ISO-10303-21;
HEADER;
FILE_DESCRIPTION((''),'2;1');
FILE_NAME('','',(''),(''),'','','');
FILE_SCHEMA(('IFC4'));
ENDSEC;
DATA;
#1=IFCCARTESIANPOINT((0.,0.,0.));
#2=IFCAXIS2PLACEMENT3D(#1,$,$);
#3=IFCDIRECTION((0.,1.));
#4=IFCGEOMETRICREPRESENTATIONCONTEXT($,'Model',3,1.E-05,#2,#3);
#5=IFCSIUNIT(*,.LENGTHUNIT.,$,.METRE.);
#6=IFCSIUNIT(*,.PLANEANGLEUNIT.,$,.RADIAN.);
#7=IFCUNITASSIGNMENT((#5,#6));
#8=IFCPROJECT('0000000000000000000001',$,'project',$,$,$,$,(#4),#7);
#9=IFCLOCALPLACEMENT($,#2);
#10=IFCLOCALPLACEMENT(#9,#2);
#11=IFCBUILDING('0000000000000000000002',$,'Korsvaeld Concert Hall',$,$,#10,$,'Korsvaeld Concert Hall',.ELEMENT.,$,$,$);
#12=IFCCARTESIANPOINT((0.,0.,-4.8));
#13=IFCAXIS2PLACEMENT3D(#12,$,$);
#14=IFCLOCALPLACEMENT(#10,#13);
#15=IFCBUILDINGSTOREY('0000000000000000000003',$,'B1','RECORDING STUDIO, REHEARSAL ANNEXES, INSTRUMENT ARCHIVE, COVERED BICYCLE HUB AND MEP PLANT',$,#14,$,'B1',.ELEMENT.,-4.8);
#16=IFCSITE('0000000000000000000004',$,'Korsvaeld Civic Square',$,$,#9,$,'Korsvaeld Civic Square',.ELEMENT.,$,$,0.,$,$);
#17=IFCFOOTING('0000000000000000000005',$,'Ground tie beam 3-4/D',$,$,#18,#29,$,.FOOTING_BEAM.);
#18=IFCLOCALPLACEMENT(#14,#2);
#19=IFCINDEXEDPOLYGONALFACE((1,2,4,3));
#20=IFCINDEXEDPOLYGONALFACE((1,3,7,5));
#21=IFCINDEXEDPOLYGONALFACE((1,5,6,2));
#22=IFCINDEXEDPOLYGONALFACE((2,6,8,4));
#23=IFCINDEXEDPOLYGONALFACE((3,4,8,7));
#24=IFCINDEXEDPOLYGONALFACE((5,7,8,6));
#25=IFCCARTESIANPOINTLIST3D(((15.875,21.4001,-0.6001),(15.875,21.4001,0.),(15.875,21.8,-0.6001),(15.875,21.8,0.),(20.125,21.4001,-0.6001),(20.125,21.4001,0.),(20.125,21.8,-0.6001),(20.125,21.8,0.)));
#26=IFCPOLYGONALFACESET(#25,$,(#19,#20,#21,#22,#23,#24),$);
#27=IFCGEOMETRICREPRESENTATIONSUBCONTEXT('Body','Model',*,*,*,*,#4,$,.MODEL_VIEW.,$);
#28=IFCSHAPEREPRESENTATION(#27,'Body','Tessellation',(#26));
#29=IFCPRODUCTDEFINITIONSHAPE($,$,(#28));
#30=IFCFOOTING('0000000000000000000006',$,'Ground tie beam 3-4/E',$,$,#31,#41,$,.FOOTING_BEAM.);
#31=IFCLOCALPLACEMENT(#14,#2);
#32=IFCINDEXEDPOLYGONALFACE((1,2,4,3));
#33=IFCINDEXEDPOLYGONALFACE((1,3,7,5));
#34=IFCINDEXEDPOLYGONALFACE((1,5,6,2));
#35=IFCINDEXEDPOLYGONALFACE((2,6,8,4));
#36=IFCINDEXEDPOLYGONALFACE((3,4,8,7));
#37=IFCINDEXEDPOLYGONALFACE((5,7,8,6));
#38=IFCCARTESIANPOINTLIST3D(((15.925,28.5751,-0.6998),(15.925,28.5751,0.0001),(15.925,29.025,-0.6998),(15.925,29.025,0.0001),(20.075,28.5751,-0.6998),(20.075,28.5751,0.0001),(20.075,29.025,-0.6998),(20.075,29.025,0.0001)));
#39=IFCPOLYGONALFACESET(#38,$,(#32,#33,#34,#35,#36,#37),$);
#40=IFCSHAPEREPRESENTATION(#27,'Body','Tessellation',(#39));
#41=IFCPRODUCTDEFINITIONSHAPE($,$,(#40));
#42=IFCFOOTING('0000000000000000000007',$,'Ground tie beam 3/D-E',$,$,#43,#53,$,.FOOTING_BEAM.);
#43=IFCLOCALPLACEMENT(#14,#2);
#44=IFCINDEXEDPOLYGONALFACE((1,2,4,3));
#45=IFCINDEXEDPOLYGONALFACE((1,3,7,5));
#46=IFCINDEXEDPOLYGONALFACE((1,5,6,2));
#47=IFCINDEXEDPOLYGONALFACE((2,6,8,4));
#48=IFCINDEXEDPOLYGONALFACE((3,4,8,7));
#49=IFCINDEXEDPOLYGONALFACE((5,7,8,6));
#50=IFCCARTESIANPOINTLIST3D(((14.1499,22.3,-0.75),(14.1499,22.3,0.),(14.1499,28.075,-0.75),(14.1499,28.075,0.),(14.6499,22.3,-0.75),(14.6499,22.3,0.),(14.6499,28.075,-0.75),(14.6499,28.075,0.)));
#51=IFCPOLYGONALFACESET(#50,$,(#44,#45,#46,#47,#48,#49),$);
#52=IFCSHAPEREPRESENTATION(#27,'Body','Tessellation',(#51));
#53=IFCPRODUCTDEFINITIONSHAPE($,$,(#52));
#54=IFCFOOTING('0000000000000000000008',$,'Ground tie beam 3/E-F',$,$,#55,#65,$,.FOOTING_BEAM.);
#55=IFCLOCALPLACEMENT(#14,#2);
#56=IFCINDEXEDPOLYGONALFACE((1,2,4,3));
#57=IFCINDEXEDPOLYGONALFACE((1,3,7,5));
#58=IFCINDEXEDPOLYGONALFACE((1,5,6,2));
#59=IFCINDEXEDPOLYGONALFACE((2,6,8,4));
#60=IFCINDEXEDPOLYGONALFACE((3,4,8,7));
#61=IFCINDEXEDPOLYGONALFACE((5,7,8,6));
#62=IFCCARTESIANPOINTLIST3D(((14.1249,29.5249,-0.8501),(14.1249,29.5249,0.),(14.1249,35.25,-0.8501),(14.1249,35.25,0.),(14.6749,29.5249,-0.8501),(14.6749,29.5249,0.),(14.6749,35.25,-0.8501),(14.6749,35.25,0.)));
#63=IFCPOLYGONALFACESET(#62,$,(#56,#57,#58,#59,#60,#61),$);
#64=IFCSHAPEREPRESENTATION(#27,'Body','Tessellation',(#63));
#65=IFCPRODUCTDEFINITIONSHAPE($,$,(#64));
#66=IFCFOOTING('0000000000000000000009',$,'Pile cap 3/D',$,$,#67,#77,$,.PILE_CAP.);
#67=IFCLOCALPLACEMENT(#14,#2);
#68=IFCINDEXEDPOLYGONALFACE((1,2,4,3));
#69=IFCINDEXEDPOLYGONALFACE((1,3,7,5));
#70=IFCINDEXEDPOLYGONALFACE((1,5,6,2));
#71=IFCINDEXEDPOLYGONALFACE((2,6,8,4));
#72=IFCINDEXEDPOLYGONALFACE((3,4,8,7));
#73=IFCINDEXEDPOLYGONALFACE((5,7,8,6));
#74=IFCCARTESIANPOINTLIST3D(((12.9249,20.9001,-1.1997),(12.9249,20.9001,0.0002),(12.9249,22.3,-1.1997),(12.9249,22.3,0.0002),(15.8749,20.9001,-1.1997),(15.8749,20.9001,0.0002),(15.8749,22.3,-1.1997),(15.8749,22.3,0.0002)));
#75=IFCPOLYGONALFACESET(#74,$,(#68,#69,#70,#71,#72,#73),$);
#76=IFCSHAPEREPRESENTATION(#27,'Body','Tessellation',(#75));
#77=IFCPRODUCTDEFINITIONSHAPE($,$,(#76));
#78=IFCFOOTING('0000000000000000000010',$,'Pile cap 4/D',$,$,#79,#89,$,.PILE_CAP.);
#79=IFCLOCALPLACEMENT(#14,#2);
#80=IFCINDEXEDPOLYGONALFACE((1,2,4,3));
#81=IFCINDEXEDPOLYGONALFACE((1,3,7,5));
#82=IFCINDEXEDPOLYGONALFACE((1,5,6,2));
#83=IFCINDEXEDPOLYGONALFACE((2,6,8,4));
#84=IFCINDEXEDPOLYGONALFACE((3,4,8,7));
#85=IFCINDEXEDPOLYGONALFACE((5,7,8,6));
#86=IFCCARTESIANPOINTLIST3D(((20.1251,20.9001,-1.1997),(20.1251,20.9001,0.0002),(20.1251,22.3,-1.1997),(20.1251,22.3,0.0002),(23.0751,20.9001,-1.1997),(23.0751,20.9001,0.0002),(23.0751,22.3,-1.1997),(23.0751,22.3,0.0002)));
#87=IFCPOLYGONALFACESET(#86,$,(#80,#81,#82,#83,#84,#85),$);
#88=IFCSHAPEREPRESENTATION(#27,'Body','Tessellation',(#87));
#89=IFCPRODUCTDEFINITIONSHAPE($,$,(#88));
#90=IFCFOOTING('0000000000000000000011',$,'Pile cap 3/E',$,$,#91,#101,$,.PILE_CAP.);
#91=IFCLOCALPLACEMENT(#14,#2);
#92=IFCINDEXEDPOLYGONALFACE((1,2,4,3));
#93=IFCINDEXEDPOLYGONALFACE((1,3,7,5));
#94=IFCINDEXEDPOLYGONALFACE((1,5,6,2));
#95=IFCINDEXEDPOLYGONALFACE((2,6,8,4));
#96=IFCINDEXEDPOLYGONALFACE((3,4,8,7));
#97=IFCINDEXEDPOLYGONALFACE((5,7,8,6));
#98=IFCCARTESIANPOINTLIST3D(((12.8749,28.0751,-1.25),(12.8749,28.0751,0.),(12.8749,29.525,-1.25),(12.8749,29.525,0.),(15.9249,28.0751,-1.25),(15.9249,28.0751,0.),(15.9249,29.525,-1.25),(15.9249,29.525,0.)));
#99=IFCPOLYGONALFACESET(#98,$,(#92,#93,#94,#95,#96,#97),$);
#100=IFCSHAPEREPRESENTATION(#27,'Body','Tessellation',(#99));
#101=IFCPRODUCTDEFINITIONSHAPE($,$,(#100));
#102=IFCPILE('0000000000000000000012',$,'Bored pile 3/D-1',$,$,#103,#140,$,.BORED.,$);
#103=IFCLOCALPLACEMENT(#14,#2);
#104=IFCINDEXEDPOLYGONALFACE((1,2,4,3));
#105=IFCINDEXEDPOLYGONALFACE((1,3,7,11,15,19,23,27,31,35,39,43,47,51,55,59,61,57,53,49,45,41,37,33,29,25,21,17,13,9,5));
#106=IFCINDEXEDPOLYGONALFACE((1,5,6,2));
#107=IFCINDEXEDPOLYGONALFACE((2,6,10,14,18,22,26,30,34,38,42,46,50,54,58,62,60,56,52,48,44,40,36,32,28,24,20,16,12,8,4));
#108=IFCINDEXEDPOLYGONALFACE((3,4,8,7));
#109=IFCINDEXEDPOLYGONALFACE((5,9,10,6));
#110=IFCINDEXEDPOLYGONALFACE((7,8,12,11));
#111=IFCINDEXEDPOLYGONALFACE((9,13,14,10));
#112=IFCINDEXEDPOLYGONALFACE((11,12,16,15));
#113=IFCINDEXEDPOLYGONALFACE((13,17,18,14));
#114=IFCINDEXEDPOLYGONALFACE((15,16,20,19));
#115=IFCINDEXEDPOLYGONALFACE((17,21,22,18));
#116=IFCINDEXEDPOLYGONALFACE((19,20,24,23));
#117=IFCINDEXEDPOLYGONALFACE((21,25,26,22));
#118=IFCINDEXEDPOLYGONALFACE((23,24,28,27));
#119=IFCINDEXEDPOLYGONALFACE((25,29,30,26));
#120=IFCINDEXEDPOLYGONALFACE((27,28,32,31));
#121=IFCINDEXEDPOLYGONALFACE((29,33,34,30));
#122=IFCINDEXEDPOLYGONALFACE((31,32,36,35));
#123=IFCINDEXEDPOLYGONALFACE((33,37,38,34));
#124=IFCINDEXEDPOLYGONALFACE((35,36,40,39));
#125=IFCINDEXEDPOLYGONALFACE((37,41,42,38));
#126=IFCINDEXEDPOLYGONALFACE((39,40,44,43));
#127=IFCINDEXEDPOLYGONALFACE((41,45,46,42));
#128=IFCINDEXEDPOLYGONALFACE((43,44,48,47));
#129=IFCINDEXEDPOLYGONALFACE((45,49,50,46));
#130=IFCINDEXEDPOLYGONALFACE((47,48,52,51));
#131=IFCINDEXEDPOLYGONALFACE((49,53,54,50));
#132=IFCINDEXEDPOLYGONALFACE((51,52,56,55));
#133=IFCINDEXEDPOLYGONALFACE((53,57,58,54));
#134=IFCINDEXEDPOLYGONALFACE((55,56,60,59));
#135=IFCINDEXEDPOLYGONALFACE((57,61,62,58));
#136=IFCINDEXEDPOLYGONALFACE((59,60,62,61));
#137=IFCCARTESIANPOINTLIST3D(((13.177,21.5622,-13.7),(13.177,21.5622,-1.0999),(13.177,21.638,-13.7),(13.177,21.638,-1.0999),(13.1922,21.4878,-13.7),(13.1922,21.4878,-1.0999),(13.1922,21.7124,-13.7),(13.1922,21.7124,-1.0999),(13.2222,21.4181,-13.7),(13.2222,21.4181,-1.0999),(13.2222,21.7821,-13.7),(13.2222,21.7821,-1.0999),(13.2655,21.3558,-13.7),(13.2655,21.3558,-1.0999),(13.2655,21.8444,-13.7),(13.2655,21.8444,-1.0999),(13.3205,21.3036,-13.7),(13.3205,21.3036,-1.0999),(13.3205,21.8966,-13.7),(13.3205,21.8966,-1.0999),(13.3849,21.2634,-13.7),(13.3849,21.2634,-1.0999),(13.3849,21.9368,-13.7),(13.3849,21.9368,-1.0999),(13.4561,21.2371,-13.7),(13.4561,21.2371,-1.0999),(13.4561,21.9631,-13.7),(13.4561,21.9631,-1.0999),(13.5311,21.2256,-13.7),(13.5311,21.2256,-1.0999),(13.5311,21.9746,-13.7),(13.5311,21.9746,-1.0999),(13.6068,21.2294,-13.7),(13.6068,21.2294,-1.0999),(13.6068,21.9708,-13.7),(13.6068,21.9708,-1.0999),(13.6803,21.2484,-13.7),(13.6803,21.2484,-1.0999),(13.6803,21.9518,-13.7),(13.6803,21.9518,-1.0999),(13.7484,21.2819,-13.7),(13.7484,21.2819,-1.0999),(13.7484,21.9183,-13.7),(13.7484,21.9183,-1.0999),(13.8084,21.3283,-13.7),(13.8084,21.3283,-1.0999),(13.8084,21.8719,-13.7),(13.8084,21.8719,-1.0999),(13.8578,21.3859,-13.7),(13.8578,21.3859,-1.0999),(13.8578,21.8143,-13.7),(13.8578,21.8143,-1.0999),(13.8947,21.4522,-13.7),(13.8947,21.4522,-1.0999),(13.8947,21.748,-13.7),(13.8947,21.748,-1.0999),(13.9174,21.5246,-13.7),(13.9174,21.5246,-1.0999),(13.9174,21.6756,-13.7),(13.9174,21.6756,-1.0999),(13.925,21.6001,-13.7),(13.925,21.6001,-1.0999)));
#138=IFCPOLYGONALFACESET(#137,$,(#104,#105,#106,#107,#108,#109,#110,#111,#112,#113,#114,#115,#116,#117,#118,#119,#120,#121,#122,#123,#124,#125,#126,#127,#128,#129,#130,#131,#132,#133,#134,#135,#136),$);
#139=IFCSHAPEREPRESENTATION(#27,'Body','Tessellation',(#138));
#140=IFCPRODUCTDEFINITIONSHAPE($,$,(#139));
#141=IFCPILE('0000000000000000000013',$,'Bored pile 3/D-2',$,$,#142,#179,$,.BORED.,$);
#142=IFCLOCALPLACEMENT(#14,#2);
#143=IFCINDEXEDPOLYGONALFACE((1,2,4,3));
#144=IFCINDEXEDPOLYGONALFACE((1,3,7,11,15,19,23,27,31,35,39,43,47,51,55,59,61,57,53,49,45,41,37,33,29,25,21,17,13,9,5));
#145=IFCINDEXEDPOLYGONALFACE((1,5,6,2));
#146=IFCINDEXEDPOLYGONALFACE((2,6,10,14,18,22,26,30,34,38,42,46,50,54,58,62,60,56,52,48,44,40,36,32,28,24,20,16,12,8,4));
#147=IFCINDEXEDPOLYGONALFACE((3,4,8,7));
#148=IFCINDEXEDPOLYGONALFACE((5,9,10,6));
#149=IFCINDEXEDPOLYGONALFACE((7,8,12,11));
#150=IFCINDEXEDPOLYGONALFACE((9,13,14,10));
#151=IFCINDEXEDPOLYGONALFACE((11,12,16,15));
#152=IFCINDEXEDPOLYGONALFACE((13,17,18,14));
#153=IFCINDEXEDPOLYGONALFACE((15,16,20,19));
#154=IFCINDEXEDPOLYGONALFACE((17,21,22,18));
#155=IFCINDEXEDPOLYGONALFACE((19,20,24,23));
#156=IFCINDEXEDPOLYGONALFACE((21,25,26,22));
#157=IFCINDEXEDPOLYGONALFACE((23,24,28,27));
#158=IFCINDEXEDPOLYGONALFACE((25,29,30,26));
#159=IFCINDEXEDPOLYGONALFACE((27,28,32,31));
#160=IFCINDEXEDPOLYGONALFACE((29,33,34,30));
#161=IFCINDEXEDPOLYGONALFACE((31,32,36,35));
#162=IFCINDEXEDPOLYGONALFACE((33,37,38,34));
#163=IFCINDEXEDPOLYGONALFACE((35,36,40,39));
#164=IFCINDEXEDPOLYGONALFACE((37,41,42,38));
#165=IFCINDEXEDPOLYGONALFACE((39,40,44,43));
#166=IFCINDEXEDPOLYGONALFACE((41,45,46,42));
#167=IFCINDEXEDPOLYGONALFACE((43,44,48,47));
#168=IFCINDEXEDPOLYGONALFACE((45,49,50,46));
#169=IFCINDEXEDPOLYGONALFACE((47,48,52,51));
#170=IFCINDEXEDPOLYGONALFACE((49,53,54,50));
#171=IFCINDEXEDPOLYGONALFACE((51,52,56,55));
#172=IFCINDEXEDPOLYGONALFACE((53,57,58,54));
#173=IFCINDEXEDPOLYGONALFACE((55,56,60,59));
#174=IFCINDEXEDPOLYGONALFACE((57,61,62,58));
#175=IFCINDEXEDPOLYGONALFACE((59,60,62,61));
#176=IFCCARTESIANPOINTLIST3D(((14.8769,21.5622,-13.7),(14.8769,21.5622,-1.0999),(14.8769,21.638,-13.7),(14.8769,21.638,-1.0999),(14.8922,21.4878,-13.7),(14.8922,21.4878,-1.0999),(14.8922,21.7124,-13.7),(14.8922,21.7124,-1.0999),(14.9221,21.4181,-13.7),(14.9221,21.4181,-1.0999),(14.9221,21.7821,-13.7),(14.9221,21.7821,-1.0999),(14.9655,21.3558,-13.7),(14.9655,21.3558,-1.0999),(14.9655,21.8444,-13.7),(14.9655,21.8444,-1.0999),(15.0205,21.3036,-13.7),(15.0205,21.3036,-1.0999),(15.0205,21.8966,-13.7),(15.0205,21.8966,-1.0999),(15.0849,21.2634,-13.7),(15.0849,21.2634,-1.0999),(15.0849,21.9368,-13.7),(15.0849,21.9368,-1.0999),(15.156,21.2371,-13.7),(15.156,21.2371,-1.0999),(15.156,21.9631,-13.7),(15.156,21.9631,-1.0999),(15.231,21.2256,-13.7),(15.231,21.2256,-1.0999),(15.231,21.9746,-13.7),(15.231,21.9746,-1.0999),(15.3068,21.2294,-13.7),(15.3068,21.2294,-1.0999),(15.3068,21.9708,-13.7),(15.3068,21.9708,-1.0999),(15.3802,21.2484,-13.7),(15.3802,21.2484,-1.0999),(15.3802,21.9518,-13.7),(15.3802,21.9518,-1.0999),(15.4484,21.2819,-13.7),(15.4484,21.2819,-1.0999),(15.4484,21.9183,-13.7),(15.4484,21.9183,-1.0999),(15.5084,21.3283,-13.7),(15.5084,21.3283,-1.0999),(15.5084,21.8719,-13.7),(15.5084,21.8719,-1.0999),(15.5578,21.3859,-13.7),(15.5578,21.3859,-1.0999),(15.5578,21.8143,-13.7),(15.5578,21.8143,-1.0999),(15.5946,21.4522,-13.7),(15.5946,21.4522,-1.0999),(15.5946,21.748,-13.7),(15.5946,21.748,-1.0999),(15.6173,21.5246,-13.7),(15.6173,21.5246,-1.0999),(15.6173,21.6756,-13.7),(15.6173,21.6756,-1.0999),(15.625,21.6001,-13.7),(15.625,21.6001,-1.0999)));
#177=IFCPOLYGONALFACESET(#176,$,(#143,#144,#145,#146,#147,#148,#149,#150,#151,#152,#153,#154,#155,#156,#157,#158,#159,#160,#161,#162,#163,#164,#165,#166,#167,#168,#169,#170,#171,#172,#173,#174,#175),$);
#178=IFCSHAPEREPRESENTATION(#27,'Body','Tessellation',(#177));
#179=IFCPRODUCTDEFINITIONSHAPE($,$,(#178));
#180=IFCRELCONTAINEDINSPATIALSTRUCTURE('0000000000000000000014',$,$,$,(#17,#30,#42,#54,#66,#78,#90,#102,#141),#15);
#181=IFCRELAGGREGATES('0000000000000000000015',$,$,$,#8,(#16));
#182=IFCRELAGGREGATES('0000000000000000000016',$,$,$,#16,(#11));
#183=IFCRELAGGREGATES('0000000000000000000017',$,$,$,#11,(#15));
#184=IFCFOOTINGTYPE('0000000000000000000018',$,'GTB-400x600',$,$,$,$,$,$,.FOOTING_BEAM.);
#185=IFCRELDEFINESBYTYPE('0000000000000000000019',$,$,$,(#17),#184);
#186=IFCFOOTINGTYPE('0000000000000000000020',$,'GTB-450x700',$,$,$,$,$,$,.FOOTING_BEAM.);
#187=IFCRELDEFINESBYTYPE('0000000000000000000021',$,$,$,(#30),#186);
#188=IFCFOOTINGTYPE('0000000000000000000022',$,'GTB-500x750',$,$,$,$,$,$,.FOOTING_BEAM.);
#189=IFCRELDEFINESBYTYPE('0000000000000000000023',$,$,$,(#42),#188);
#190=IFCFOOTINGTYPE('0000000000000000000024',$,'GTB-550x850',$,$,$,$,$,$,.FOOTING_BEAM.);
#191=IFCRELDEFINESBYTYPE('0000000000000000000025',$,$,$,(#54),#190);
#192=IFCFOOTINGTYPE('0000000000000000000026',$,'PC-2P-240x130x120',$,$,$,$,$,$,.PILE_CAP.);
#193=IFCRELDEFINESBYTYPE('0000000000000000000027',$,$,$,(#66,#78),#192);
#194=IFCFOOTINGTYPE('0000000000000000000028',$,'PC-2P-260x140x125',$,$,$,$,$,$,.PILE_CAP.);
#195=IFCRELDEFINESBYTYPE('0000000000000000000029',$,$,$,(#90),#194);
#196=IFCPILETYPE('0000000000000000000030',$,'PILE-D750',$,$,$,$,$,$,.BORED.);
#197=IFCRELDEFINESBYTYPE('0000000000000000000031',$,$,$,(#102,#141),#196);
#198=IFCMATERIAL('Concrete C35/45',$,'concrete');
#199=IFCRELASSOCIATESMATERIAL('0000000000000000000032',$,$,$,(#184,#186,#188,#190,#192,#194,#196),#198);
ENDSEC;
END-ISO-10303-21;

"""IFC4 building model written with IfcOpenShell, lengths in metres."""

from ifc_helpers import new_model, si_unit, direction, frame, origin, origin_2d, place, context, subcontext, project, spatial, rectangle, circle, extrude, material, material_profile, profile_set, type_object, element, save


model = new_model("IFC4")

# Units and contexts
model_context = context("Model", 3, precision=1e-05, world=origin(), true_north=direction((0.0, 1.0)))
body_context = subcontext(model_context, "Body", "Model", "MODEL_VIEW")
ifc_project = project(units=[si_unit("LENGTHUNIT", "METRE"), si_unit("PLANEANGLEUNIT", "RADIAN")], contexts=[model_context])

# Site, building, storey
site_placement = place(None, origin())
site = spatial("IfcSite", under=ifc_project, at=site_placement, Name="Korsvaeld Civic Square", LongName="Korsvaeld Civic Square", CompositionType="ELEMENT", RefElevation=0.0)
building_placement = place(site_placement, origin())
building = spatial("IfcBuilding", under=site, at=building_placement, Name="Korsvaeld Concert Hall", LongName="Korsvaeld Concert Hall", CompositionType="ELEMENT")
storey_placement = place(building_placement, frame((0.0, 0.0, -4.8)))
storey = spatial("IfcBuildingStorey", under=building, at=storey_placement, Name="B1", Description="RECORDING STUDIO, REHEARSAL ANNEXES, INSTRUMENT ARCHIVE, COVERED BICYCLE HUB AND MEP PLANT", LongName="B1", CompositionType="ELEMENT", Elevation=-4.8)

# Footings
ifc_material_1 = material(Name="Concrete C35/45", Category="concrete")
ifc_material_profile_1 = material_profile(ifc_material_1, rectangle(XDim=0.3999, YDim=0.6001, at=origin_2d()), Name="GTB 400x600")
ifc_profile_set_1 = profile_set([ifc_material_profile_1], Name="Concrete C35/45")
footing_type_1 = type_object("IfcFootingType", Name="GTB-400x600", PredefinedType="FOOTING_BEAM", material=ifc_profile_set_1)
footing_1_placement = place(storey_placement, frame((15.875, 21.6001, -0.3), z_axis=(1.0, 0.0, 0.0), x_axis=(0.0, 1.0, 0.0)))
element("IfcFooting", 1, at=footing_1_placement, inside=storey, type_object=footing_type_1, Name="Ground tie beam 3-4/D", PredefinedType="FOOTING_BEAM", context=body_context, shape_type="SweptSolid", body=[
    extrude(rectangle(XDim=0.3999, YDim=0.6001, at=origin_2d()), origin(), (0.0, 0.0, 1.0), 4.25),
])
ifc_material_profile_2 = material_profile(ifc_material_1, rectangle(XDim=0.45, YDim=0.7, at=origin_2d()), Name="GTB 450x700")
ifc_profile_set_2 = profile_set([ifc_material_profile_2], Name="Concrete C35/45")
footing_type_2 = type_object("IfcFootingType", Name="GTB-450x700", PredefinedType="FOOTING_BEAM", material=ifc_profile_set_2)
footing_2_placement = place(storey_placement, frame((15.925, 28.8, -0.3499), z_axis=(1.0, 0.0, 0.0), x_axis=(0.0, 1.0, 0.0)))
element("IfcFooting", 2, at=footing_2_placement, inside=storey, type_object=footing_type_2, Name="Ground tie beam 3-4/E", PredefinedType="FOOTING_BEAM", context=body_context, shape_type="SweptSolid", body=[
    extrude(rectangle(XDim=0.45, YDim=0.7, at=origin_2d()), origin(), (0.0, 0.0, 1.0), 4.1499),
])
ifc_material_profile_3 = material_profile(ifc_material_1, rectangle(XDim=0.5, YDim=0.75, at=origin_2d()), Name="GTB 500x750")
ifc_profile_set_3 = profile_set([ifc_material_profile_3], Name="Concrete C35/45")
footing_type_3 = type_object("IfcFootingType", Name="GTB-500x750", PredefinedType="FOOTING_BEAM", material=ifc_profile_set_3)
footing_3_placement = place(storey_placement, frame((14.3999, 22.3, -0.375), z_axis=(0.0, 1.0, 0.0), x_axis=(-1.0, 0.0, 0.0)))
element("IfcFooting", 3, at=footing_3_placement, inside=storey, type_object=footing_type_3, Name="Ground tie beam 3/D-E", PredefinedType="FOOTING_BEAM", context=body_context, shape_type="SweptSolid", body=[
    extrude(rectangle(XDim=0.5, YDim=0.75, at=origin_2d()), origin(), (0.0, 0.0, 1.0), 5.7749),
])
ifc_material_profile_4 = material_profile(ifc_material_1, rectangle(XDim=0.55, YDim=0.8501, at=origin_2d()), Name="GTB 550x850")
ifc_profile_set_4 = profile_set([ifc_material_profile_4], Name="Concrete C35/45")
footing_type_4 = type_object("IfcFootingType", Name="GTB-550x850", PredefinedType="FOOTING_BEAM", material=ifc_profile_set_4)
footing_4_placement = place(storey_placement, frame((14.3999, 29.5249, -0.425), z_axis=(0.0, 1.0, 0.0), x_axis=(-1.0, 0.0, 0.0)))
element("IfcFooting", 4, at=footing_4_placement, inside=storey, type_object=footing_type_4, Name="Ground tie beam 3/E-F", PredefinedType="FOOTING_BEAM", context=body_context, shape_type="SweptSolid", body=[
    extrude(rectangle(XDim=0.55, YDim=0.8501, at=origin_2d()), origin(), (0.0, 0.0, 1.0), 5.7251),
])
footing_type_5 = type_object("IfcFootingType", Name="PC-2P-240x130x120", PredefinedType="PILE_CAP", material=ifc_material_1)
for number, where, z_axis, x_axis, name in (
    (5, (14.3999, 21.6001, -1.1997), (0.0, 0.0, 1.0), (1.0, 0.0, 0.0), "Pile cap 3/D"),
    (6, (21.6001, 21.6001, -1.1997), (0.0, 0.0, 1.0), (1.0, 0.0, 0.0), "Pile cap 4/D"),
):
    element("IfcFooting", number, at=place(storey_placement, frame(where, z_axis=z_axis, x_axis=x_axis)), inside=storey, type_object=footing_type_5, Name=name, PredefinedType="PILE_CAP", context=body_context, shape_type="SweptSolid", body=[
        extrude(rectangle(XDim=2.95, YDim=1.3999, at=origin_2d()), origin(), (0.0, 0.0, 1.0), 1.2),
    ])
footing_type_6 = type_object("IfcFootingType", Name="PC-2P-260x140x125", PredefinedType="PILE_CAP", material=ifc_material_1)
footing_5_placement = place(storey_placement, frame((14.3999, 28.8, -1.25), z_axis=(0.0, 0.0, 1.0), x_axis=(1.0, 0.0, 0.0)))
element("IfcFooting", 7, at=footing_5_placement, inside=storey, type_object=footing_type_6, Name="Pile cap 3/E", PredefinedType="PILE_CAP", context=body_context, shape_type="SweptSolid", body=[
    extrude(rectangle(XDim=3.05, YDim=1.45, at=origin_2d()), origin(), (0.0, 0.0, 1.0), 1.25),
])

# Piles
ifc_material_profile_5 = material_profile(ifc_material_1, circle(Radius=0.375, at=origin_2d()), Name="BORED PILE D750")
ifc_profile_set_5 = profile_set([ifc_material_profile_5], Name="Concrete C35/45")
pile_type = type_object("IfcPileType", Name="PILE-D750", PredefinedType="BORED", material=ifc_profile_set_5)
for number, where, z_axis, x_axis, name in (
    (8, (13.55, 21.6001, -1.0999), (0.0, 0.0, -1.0), (1.0, 0.0, 0.0), "Bored pile 3/D-1"),
    (9, (15.25, 21.6001, -1.0999), (0.0, 0.0, -1.0), (1.0, 0.0, 0.0), "Bored pile 3/D-2"),
):
    element("IfcPile", number, at=place(storey_placement, frame(where, z_axis=z_axis, x_axis=x_axis)), inside=storey, type_object=pile_type, Name=name, PredefinedType="BORED", context=body_context, shape_type="SweptSolid", body=[
        extrude(circle(Radius=0.375, at=origin_2d()), origin(), (0.0, 0.0, 1.0), 12.6001),
    ])

save(model, "model.ifc")
